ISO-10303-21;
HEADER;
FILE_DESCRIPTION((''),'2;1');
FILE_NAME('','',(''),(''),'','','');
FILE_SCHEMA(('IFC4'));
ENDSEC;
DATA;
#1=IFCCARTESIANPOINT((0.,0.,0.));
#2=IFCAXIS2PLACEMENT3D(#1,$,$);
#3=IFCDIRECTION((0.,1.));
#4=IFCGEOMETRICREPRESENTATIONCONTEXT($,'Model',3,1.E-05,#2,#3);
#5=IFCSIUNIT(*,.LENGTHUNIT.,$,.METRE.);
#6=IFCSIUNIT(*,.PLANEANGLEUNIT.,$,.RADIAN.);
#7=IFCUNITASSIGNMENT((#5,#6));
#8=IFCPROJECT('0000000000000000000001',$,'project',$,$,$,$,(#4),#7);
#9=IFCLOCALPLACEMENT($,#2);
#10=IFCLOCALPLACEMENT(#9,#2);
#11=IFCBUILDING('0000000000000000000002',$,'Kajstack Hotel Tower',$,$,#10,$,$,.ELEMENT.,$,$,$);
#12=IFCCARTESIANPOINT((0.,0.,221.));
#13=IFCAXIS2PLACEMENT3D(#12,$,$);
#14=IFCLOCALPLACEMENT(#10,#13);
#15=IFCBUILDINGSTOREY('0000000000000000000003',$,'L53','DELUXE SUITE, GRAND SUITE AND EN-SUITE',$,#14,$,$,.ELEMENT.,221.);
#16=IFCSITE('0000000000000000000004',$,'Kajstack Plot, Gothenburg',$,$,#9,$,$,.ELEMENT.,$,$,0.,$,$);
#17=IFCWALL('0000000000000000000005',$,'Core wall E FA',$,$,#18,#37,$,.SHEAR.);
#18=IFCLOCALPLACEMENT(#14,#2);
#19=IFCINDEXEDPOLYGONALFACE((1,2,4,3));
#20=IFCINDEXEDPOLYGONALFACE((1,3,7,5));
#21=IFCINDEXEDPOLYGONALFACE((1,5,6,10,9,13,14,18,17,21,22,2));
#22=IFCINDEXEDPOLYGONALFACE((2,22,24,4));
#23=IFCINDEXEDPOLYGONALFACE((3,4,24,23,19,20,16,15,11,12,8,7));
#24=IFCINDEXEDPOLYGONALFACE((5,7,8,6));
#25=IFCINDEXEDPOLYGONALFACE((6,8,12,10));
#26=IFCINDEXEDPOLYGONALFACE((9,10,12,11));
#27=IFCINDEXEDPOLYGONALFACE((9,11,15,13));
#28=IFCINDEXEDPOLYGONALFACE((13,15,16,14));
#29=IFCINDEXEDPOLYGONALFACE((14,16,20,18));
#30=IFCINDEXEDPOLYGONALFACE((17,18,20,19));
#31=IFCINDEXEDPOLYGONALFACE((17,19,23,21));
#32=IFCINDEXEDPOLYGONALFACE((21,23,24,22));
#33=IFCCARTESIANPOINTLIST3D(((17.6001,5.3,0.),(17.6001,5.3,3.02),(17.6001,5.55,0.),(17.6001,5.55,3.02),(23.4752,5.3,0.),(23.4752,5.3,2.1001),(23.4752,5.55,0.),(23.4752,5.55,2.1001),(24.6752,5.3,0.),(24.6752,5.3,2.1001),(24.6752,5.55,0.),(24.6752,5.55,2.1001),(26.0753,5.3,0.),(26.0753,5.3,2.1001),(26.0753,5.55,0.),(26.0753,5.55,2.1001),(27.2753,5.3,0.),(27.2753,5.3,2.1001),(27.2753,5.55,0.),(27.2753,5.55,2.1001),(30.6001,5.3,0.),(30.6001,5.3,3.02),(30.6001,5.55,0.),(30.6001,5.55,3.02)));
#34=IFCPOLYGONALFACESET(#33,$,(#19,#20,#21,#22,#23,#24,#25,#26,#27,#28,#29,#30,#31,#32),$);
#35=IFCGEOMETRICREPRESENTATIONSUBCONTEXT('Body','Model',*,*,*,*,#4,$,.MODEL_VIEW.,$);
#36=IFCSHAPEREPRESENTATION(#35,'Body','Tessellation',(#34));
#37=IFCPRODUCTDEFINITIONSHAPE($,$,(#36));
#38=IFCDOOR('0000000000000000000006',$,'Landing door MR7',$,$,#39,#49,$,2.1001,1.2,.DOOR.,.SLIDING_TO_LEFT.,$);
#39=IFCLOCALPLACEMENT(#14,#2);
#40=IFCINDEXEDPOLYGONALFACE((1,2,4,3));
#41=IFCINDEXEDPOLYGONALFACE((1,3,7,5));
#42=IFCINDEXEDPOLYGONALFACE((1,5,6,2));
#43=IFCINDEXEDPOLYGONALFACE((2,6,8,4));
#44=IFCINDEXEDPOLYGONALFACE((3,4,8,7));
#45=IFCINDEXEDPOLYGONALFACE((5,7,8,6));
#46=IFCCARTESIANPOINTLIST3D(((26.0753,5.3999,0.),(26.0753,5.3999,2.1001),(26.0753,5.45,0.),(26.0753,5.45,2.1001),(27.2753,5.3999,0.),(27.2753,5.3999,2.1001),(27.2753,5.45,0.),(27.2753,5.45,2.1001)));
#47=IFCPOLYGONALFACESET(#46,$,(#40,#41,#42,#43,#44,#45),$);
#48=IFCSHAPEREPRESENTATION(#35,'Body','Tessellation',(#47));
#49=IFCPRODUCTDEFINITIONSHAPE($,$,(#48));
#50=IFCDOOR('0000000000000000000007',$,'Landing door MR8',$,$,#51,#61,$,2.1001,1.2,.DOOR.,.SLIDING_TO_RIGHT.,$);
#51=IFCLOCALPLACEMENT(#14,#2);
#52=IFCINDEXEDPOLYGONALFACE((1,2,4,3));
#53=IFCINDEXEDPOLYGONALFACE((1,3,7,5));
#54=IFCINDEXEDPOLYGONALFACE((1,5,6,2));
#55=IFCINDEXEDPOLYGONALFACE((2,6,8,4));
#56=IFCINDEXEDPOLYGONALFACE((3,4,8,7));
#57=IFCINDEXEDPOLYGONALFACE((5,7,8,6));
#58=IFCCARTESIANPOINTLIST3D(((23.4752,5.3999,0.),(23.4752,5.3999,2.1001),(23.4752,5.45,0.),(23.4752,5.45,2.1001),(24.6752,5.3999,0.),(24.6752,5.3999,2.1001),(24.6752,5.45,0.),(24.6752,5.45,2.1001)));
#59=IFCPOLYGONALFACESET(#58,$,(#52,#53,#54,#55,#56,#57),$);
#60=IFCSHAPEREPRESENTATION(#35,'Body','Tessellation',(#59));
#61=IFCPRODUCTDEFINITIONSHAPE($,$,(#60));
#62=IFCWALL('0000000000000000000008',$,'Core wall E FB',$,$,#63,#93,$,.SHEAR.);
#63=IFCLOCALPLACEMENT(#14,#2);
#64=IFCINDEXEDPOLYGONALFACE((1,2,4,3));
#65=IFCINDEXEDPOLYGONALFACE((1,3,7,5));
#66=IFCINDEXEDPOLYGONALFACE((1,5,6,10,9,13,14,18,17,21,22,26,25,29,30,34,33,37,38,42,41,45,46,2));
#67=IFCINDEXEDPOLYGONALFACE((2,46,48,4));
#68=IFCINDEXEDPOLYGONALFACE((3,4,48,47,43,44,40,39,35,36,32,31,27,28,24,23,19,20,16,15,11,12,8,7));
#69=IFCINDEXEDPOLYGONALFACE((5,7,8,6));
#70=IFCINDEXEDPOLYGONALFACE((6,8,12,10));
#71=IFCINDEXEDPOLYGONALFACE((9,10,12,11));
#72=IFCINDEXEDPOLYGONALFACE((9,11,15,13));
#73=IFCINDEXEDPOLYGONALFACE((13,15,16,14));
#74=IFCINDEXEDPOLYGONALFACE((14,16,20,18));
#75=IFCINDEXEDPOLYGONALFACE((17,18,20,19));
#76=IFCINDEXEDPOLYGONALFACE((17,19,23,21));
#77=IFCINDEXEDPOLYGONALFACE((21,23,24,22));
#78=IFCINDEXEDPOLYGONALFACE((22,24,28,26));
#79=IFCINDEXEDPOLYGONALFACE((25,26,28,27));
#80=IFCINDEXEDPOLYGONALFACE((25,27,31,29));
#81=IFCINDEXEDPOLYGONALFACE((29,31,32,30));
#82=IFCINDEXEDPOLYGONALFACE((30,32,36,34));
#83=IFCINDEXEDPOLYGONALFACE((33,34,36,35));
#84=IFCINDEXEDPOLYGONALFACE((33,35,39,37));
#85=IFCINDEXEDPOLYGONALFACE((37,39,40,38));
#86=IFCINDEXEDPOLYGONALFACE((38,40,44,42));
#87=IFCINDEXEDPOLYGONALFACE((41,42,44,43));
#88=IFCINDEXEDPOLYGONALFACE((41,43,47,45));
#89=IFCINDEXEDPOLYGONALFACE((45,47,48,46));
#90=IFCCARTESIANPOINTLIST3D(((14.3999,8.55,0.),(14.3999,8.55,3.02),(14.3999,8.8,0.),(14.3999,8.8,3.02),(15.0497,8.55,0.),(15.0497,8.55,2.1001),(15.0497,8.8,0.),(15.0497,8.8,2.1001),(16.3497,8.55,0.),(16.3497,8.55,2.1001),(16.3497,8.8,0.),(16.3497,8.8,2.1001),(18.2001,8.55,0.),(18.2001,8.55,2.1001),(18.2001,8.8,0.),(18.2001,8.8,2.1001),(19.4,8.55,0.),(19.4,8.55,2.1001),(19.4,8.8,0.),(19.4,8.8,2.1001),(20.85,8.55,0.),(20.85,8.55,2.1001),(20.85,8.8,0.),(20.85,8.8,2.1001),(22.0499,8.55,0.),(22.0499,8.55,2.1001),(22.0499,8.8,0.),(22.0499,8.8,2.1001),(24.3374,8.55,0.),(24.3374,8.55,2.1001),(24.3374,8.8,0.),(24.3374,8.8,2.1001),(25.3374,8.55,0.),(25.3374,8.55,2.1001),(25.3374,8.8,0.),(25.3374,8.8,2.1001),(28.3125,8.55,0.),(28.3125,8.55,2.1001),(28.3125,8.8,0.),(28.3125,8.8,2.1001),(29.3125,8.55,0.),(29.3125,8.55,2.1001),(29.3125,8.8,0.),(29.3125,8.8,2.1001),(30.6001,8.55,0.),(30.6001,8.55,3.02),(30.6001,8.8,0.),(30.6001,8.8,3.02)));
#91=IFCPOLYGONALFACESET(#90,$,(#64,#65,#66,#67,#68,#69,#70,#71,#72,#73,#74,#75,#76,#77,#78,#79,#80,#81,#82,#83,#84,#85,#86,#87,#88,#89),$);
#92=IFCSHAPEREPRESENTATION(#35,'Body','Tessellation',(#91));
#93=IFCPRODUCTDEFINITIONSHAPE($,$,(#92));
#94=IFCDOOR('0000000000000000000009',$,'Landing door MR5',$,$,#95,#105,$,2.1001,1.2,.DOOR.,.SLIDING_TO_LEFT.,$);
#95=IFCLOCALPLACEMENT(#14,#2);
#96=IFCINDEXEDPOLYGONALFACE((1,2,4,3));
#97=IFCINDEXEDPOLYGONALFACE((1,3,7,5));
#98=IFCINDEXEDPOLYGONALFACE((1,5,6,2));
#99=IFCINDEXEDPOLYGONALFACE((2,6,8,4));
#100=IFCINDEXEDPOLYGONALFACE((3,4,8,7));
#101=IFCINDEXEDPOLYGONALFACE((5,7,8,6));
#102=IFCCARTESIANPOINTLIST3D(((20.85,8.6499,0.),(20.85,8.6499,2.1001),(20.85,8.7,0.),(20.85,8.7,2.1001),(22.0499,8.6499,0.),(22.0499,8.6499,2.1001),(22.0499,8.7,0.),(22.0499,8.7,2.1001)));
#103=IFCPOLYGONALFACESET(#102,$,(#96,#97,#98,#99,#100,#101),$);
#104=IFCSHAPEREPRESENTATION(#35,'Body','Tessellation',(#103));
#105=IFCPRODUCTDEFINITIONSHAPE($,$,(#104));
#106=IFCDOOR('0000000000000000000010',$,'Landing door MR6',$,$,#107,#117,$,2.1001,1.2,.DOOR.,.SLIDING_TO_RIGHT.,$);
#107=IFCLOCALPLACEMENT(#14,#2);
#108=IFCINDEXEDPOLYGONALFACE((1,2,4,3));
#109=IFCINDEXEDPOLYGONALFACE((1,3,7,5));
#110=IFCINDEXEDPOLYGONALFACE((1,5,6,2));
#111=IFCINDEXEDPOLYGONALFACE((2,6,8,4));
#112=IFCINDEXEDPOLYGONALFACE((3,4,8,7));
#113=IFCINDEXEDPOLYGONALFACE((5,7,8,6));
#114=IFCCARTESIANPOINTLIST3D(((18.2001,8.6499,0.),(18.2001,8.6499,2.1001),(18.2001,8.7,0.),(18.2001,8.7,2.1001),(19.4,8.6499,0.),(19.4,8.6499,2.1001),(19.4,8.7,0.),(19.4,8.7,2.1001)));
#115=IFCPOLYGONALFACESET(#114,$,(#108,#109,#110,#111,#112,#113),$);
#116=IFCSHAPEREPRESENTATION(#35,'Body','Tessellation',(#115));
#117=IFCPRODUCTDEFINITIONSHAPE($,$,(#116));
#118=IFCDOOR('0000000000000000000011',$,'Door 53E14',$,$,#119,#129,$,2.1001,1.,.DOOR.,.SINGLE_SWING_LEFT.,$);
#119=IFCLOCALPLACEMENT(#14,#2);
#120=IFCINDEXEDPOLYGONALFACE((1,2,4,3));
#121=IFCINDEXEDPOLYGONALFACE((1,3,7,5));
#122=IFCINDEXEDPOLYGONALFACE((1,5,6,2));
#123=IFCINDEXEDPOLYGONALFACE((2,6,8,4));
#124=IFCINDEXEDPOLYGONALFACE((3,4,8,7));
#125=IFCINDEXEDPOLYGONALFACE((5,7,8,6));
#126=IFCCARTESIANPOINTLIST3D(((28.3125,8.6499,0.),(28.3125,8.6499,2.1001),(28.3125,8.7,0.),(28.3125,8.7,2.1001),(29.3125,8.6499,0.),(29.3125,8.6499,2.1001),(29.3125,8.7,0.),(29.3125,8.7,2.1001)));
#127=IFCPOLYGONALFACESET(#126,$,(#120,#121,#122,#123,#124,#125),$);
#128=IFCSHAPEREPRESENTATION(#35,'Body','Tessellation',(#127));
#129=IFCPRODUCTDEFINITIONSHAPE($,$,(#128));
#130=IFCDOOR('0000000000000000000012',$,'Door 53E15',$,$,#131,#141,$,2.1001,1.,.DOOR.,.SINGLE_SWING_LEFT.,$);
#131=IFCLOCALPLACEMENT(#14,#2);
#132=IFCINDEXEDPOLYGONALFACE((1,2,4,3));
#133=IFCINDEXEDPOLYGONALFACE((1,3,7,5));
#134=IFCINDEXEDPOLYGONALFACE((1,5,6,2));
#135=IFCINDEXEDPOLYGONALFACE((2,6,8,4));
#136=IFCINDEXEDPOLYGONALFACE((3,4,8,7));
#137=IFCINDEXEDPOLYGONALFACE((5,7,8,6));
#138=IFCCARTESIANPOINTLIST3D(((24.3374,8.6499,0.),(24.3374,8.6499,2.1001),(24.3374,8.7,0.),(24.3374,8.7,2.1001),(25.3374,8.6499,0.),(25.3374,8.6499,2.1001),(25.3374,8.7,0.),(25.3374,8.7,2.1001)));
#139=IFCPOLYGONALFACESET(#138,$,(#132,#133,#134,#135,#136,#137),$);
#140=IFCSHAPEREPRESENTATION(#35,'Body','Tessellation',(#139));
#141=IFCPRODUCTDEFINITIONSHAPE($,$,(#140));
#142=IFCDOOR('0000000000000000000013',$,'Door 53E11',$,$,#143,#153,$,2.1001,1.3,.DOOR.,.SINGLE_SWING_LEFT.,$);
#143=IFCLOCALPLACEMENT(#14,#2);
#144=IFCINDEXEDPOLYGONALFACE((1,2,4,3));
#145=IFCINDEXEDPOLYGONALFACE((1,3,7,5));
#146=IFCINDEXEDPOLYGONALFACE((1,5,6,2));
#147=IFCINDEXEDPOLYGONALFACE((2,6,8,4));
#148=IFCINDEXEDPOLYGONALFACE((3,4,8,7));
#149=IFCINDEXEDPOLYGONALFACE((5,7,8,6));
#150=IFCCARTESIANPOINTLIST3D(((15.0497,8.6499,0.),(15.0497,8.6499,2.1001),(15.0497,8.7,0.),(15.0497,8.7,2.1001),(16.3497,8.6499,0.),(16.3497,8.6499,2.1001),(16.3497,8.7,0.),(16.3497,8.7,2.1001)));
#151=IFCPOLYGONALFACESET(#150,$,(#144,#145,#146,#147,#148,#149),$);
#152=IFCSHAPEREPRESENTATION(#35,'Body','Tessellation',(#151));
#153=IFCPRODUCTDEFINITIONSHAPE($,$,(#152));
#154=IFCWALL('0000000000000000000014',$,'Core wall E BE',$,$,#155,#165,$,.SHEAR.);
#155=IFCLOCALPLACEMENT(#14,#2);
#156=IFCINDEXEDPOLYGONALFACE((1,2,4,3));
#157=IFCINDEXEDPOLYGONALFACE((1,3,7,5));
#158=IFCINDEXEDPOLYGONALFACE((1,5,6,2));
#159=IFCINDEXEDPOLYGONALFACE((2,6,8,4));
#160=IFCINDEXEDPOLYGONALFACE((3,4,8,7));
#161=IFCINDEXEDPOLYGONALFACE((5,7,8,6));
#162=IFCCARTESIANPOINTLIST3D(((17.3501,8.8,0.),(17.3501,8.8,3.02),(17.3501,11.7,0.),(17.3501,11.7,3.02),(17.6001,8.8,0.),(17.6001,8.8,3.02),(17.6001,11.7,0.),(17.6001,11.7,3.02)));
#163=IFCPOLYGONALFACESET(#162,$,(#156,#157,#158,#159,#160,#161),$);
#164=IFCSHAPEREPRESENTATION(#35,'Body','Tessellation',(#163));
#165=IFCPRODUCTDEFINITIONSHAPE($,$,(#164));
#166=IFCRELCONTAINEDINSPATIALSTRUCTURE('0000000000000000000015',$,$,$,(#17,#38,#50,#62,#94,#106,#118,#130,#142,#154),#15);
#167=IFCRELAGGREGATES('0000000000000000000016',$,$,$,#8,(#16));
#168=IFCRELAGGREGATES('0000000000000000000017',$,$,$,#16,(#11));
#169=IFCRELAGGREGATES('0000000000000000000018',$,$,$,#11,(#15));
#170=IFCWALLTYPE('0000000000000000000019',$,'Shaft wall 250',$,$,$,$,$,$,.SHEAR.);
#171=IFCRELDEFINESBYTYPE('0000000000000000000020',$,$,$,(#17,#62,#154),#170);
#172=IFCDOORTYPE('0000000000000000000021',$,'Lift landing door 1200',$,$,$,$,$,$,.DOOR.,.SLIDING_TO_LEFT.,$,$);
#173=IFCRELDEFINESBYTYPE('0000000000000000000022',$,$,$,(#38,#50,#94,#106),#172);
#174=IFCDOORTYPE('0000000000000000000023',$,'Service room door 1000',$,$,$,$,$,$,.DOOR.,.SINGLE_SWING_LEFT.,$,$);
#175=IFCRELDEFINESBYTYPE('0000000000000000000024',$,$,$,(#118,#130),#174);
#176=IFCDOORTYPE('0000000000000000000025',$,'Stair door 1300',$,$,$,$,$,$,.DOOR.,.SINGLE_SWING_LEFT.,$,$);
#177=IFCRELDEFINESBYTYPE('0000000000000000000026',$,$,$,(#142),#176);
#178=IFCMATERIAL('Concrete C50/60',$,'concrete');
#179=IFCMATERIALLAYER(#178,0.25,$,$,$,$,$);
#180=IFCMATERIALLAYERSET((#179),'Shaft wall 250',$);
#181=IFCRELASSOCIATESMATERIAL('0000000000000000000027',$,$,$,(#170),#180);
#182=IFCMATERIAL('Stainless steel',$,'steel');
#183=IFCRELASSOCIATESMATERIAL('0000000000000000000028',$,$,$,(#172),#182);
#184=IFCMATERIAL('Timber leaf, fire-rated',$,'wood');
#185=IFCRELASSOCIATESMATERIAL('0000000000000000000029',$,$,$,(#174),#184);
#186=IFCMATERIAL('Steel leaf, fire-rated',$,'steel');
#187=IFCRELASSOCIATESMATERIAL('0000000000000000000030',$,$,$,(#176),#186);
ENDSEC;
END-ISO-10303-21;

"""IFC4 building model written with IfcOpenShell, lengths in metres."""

from ifc_helpers import new_model, si_unit, direction, frame, frame_2d, origin, place, context, subcontext, project, spatial, rectangle, extrude, material, layer, layer_set, type_object, element, fill, save


model = new_model("IFC4")

# Units and contexts
model_context = context("Model", 3, precision=1e-05, world=origin(), true_north=direction((0.0, 1.0)))
body_context = subcontext(model_context, "Body", "Model", "MODEL_VIEW")
ifc_project = project(units=[si_unit("LENGTHUNIT", "METRE"), si_unit("PLANEANGLEUNIT", "RADIAN")], contexts=[model_context])

# Site, building, storey
site_placement = place(None, origin())
site = spatial("IfcSite", under=ifc_project, at=site_placement, Name="Kajstack Plot, Gothenburg", CompositionType="ELEMENT", RefElevation=0.0)
building_placement = place(site_placement, origin())
building = spatial("IfcBuilding", under=site, at=building_placement, Name="Kajstack Hotel Tower", CompositionType="ELEMENT")
storey_placement = place(building_placement, frame((0.0, 0.0, 221.0)))
storey = spatial("IfcBuildingStorey", under=building, at=storey_placement, Name="L53", Description="DELUXE SUITE, GRAND SUITE AND EN-SUITE", CompositionType="ELEMENT", Elevation=221.0)

# Walls, openings, doors
ifc_material_1 = material(Name="Concrete C50/60", Category="concrete")
ifc_layer_1 = layer(ifc_material_1, 0.25)
ifc_layer_set_1 = layer_set([ifc_layer_1], Name="Shaft wall 250")
wall_type_1 = type_object("IfcWallType", Name="Shaft wall 250", PredefinedType="SHEAR", material=ifc_layer_set_1)
wall_1_placement = place(storey_placement, frame((17.6001, 5.425, 0.0), z_axis=(0.0, 0.0, 1.0), x_axis=(1.0, 0.0, 0.0)))
wall_1 = element("IfcWall", 1, at=wall_1_placement, inside=storey, type_object=wall_type_1, Name="Core wall E FA", PredefinedType="SHEAR", context=body_context, shape_type="SweptSolid", body=[
    extrude(rectangle(XDim=13.0, YDim=0.25, at=frame_2d((6.5, 0.0))), origin(), (0.0, 0.0, 1.0), 3.02),
])
opening_1_placement = place(wall_1_placement, frame((8.4751, 0.0, 0.0)))
opening_1 = element("IfcOpeningElement", 2, at=opening_1_placement, cuts=wall_1, PredefinedType="OPENING", context=body_context, shape_type="SweptSolid", body=[
    extrude(rectangle(XDim=1.2, YDim=2.1001, at=frame_2d((0.6001, 1.05))), frame((0.0, 0.135, 0.0), z_axis=(0.0, -1.0, 0.0), x_axis=(1.0, 0.0, 0.0)), (0.0, 0.0, 1.0), 0.27),
])
opening_2_placement = place(wall_1_placement, frame((5.875, 0.0, 0.0)))
opening_2 = element("IfcOpeningElement", 3, at=opening_2_placement, cuts=wall_1, PredefinedType="OPENING", context=body_context, shape_type="SweptSolid", body=[
    extrude(rectangle(XDim=1.2, YDim=2.1001, at=frame_2d((0.6001, 1.05))), frame((0.0, 0.135, 0.0), z_axis=(0.0, -1.0, 0.0), x_axis=(1.0, 0.0, 0.0)), (0.0, 0.0, 1.0), 0.27),
])
ifc_material_2 = material(Name="Stainless steel", Category="steel")
door_type_1 = type_object("IfcDoorType", Name="Lift landing door 1200", OperationType="SLIDING_TO_LEFT", PredefinedType="DOOR", material=ifc_material_2)
door_1_placement = place(opening_1_placement, origin())
door_1 = element("IfcDoor", 4, at=door_1_placement, inside=storey, type_object=door_type_1, Name="Landing door MR7", OperationType="SLIDING_TO_LEFT", OverallHeight=2.1001, OverallWidth=1.2, PredefinedType="DOOR", context=body_context, shape_type="SweptSolid", body=[
    extrude(rectangle(XDim=1.2, YDim=2.1001, at=frame_2d((0.6001, 1.05))), frame((0.0, 0.0249, 0.0), z_axis=(0.0, -1.0, 0.0), x_axis=(1.0, 0.0, 0.0)), (0.0, 0.0, 1.0), 0.05),
])
fill(opening_1, door_1)
door_2_placement = place(opening_2_placement, origin())
door_2 = element("IfcDoor", 5, at=door_2_placement, inside=storey, type_object=door_type_1, Name="Landing door MR8", OperationType="SLIDING_TO_RIGHT", OverallHeight=2.1001, OverallWidth=1.2, PredefinedType="DOOR", context=body_context, shape_type="SweptSolid", body=[
    extrude(rectangle(XDim=1.2, YDim=2.1001, at=frame_2d((0.6001, 1.05))), frame((0.0, 0.0249, 0.0), z_axis=(0.0, -1.0, 0.0), x_axis=(1.0, 0.0, 0.0)), (0.0, 0.0, 1.0), 0.05),
])
fill(opening_2, door_2)
wall_2_placement = place(storey_placement, frame((14.3999, 8.675, 0.0), z_axis=(0.0, 0.0, 1.0), x_axis=(1.0, 0.0, 0.0)))
wall_2 = element("IfcWall", 6, at=wall_2_placement, inside=storey, type_object=wall_type_1, Name="Core wall E FB", PredefinedType="SHEAR", context=body_context, shape_type="SweptSolid", body=[
    extrude(rectangle(XDim=16.2002, YDim=0.25, at=frame_2d((8.1001, 0.0))), origin(), (0.0, 0.0, 1.0), 3.02),
])
opening_3_placement = place(wall_2_placement, frame((6.45, 0.0, 0.0)))
opening_3 = element("IfcOpeningElement", 7, at=opening_3_placement, cuts=wall_2, PredefinedType="OPENING", context=body_context, shape_type="SweptSolid", body=[
    extrude(rectangle(XDim=1.2, YDim=2.1001, at=frame_2d((0.6001, 1.05))), frame((0.0, 0.135, 0.0), z_axis=(0.0, -1.0, 0.0), x_axis=(1.0, 0.0, 0.0)), (0.0, 0.0, 1.0), 0.27),
])
opening_4_placement = place(wall_2_placement, frame((3.8, 0.0, 0.0)))
opening_4 = element("IfcOpeningElement", 8, at=opening_4_placement, cuts=wall_2, PredefinedType="OPENING", context=body_context, shape_type="SweptSolid", body=[
    extrude(rectangle(XDim=1.2, YDim=2.1001, at=frame_2d((0.6001, 1.05))), frame((0.0, 0.135, 0.0), z_axis=(0.0, -1.0, 0.0), x_axis=(1.0, 0.0, 0.0)), (0.0, 0.0, 1.0), 0.27),
])
opening_5_placement = place(wall_2_placement, frame((0.6499, 0.0, 0.0)))
opening_5 = element("IfcOpeningElement", 9, at=opening_5_placement, cuts=wall_2, PredefinedType="OPENING", context=body_context, shape_type="SweptSolid", body=[
    extrude(rectangle(XDim=1.3, YDim=2.1001, at=frame_2d((0.6499, 1.05))), frame((0.0, 0.135, 0.0), z_axis=(0.0, -1.0, 0.0), x_axis=(1.0, 0.0, 0.0)), (0.0, 0.0, 1.0), 0.27),
])
opening_6_placement = place(wall_2_placement, frame((13.9126, 0.0, 0.0)))
opening_6 = element("IfcOpeningElement", 10, at=opening_6_placement, cuts=wall_2, PredefinedType="OPENING", context=body_context, shape_type="SweptSolid", body=[
    extrude(rectangle(XDim=1.0, YDim=2.1001, at=frame_2d((0.5, 1.05))), frame((0.0, 0.135, 0.0), z_axis=(0.0, -1.0, 0.0), x_axis=(1.0, 0.0, 0.0)), (0.0, 0.0, 1.0), 0.27),
])
opening_7_placement = place(wall_2_placement, frame((9.9375, 0.0, 0.0)))
opening_7 = element("IfcOpeningElement", 11, at=opening_7_placement, cuts=wall_2, PredefinedType="OPENING", context=body_context, shape_type="SweptSolid", body=[
    extrude(rectangle(XDim=1.0, YDim=2.1001, at=frame_2d((0.5, 1.05))), frame((0.0, 0.135, 0.0), z_axis=(0.0, -1.0, 0.0), x_axis=(1.0, 0.0, 0.0)), (0.0, 0.0, 1.0), 0.27),
])
door_3_placement = place(opening_3_placement, origin())
door_3 = element("IfcDoor", 12, at=door_3_placement, inside=storey, type_object=door_type_1, Name="Landing door MR5", OperationType="SLIDING_TO_LEFT", OverallHeight=2.1001, OverallWidth=1.2, PredefinedType="DOOR", context=body_context, shape_type="SweptSolid", body=[
    extrude(rectangle(XDim=1.2, YDim=2.1001, at=frame_2d((0.6001, 1.05))), frame((0.0, 0.0249, 0.0), z_axis=(0.0, -1.0, 0.0), x_axis=(1.0, 0.0, 0.0)), (0.0, 0.0, 1.0), 0.05),
])
fill(opening_3, door_3)
door_4_placement = place(opening_4_placement, origin())
door_4 = element("IfcDoor", 13, at=door_4_placement, inside=storey, type_object=door_type_1, Name="Landing door MR6", OperationType="SLIDING_TO_RIGHT", OverallHeight=2.1001, OverallWidth=1.2, PredefinedType="DOOR", context=body_context, shape_type="SweptSolid", body=[
    extrude(rectangle(XDim=1.2, YDim=2.1001, at=frame_2d((0.6001, 1.05))), frame((0.0, 0.0249, 0.0), z_axis=(0.0, -1.0, 0.0), x_axis=(1.0, 0.0, 0.0)), (0.0, 0.0, 1.0), 0.05),
])
fill(opening_4, door_4)
ifc_material_3 = material(Name="Timber leaf, fire-rated", Category="wood")
door_type_2 = type_object("IfcDoorType", Name="Service room door 1000", OperationType="SINGLE_SWING_LEFT", PredefinedType="DOOR", material=ifc_material_3)
door_5_placement = place(opening_6_placement, origin())
door_5 = element("IfcDoor", 14, at=door_5_placement, inside=storey, type_object=door_type_2, Name="Door 53E14", OperationType="SINGLE_SWING_LEFT", OverallHeight=2.1001, OverallWidth=1.0, PredefinedType="DOOR", context=body_context, shape_type="SweptSolid", body=[
    extrude(rectangle(XDim=1.0, YDim=2.1001, at=frame_2d((0.5, 1.05))), frame((0.0, 0.0249, 0.0), z_axis=(0.0, -1.0, 0.0), x_axis=(1.0, 0.0, 0.0)), (0.0, 0.0, 1.0), 0.05),
])
fill(opening_6, door_5)
door_6_placement = place(opening_7_placement, origin())
door_6 = element("IfcDoor", 15, at=door_6_placement, inside=storey, type_object=door_type_2, Name="Door 53E15", OperationType="SINGLE_SWING_LEFT", OverallHeight=2.1001, OverallWidth=1.0, PredefinedType="DOOR", context=body_context, shape_type="SweptSolid", body=[
    extrude(rectangle(XDim=1.0, YDim=2.1001, at=frame_2d((0.5, 1.05))), frame((0.0, 0.0249, 0.0), z_axis=(0.0, -1.0, 0.0), x_axis=(1.0, 0.0, 0.0)), (0.0, 0.0, 1.0), 0.05),
])
fill(opening_7, door_6)
ifc_material_4 = material(Name="Steel leaf, fire-rated", Category="steel")
door_type_3 = type_object("IfcDoorType", Name="Stair door 1300", OperationType="SINGLE_SWING_LEFT", PredefinedType="DOOR", material=ifc_material_4)
door_7_placement = place(opening_5_placement, origin())
door_7 = element("IfcDoor", 16, at=door_7_placement, inside=storey, type_object=door_type_3, Name="Door 53E11", OperationType="SINGLE_SWING_LEFT", OverallHeight=2.1001, OverallWidth=1.3, PredefinedType="DOOR", context=body_context, shape_type="SweptSolid", body=[
    extrude(rectangle(XDim=1.3, YDim=2.1001, at=frame_2d((0.6499, 1.05))), frame((0.0, 0.0249, 0.0), z_axis=(0.0, -1.0, 0.0), x_axis=(1.0, 0.0, 0.0)), (0.0, 0.0, 1.0), 0.05),
])
fill(opening_5, door_7)

# Wall
wall_3_placement = place(storey_placement, frame((17.4751, 8.8, 0.0), z_axis=(0.0, 0.0, 1.0), x_axis=(0.0, 1.0, 0.0)))
element("IfcWall", 17, at=wall_3_placement, inside=storey, type_object=wall_type_1, Name="Core wall E BE", PredefinedType="SHEAR", context=body_context, shape_type="SweptSolid", body=[
    extrude(rectangle(XDim=2.8999, YDim=0.25, at=frame_2d((1.45, 0.0))), origin(), (0.0, 0.0, 1.0), 3.02),
])

save(model, "model.ifc")
